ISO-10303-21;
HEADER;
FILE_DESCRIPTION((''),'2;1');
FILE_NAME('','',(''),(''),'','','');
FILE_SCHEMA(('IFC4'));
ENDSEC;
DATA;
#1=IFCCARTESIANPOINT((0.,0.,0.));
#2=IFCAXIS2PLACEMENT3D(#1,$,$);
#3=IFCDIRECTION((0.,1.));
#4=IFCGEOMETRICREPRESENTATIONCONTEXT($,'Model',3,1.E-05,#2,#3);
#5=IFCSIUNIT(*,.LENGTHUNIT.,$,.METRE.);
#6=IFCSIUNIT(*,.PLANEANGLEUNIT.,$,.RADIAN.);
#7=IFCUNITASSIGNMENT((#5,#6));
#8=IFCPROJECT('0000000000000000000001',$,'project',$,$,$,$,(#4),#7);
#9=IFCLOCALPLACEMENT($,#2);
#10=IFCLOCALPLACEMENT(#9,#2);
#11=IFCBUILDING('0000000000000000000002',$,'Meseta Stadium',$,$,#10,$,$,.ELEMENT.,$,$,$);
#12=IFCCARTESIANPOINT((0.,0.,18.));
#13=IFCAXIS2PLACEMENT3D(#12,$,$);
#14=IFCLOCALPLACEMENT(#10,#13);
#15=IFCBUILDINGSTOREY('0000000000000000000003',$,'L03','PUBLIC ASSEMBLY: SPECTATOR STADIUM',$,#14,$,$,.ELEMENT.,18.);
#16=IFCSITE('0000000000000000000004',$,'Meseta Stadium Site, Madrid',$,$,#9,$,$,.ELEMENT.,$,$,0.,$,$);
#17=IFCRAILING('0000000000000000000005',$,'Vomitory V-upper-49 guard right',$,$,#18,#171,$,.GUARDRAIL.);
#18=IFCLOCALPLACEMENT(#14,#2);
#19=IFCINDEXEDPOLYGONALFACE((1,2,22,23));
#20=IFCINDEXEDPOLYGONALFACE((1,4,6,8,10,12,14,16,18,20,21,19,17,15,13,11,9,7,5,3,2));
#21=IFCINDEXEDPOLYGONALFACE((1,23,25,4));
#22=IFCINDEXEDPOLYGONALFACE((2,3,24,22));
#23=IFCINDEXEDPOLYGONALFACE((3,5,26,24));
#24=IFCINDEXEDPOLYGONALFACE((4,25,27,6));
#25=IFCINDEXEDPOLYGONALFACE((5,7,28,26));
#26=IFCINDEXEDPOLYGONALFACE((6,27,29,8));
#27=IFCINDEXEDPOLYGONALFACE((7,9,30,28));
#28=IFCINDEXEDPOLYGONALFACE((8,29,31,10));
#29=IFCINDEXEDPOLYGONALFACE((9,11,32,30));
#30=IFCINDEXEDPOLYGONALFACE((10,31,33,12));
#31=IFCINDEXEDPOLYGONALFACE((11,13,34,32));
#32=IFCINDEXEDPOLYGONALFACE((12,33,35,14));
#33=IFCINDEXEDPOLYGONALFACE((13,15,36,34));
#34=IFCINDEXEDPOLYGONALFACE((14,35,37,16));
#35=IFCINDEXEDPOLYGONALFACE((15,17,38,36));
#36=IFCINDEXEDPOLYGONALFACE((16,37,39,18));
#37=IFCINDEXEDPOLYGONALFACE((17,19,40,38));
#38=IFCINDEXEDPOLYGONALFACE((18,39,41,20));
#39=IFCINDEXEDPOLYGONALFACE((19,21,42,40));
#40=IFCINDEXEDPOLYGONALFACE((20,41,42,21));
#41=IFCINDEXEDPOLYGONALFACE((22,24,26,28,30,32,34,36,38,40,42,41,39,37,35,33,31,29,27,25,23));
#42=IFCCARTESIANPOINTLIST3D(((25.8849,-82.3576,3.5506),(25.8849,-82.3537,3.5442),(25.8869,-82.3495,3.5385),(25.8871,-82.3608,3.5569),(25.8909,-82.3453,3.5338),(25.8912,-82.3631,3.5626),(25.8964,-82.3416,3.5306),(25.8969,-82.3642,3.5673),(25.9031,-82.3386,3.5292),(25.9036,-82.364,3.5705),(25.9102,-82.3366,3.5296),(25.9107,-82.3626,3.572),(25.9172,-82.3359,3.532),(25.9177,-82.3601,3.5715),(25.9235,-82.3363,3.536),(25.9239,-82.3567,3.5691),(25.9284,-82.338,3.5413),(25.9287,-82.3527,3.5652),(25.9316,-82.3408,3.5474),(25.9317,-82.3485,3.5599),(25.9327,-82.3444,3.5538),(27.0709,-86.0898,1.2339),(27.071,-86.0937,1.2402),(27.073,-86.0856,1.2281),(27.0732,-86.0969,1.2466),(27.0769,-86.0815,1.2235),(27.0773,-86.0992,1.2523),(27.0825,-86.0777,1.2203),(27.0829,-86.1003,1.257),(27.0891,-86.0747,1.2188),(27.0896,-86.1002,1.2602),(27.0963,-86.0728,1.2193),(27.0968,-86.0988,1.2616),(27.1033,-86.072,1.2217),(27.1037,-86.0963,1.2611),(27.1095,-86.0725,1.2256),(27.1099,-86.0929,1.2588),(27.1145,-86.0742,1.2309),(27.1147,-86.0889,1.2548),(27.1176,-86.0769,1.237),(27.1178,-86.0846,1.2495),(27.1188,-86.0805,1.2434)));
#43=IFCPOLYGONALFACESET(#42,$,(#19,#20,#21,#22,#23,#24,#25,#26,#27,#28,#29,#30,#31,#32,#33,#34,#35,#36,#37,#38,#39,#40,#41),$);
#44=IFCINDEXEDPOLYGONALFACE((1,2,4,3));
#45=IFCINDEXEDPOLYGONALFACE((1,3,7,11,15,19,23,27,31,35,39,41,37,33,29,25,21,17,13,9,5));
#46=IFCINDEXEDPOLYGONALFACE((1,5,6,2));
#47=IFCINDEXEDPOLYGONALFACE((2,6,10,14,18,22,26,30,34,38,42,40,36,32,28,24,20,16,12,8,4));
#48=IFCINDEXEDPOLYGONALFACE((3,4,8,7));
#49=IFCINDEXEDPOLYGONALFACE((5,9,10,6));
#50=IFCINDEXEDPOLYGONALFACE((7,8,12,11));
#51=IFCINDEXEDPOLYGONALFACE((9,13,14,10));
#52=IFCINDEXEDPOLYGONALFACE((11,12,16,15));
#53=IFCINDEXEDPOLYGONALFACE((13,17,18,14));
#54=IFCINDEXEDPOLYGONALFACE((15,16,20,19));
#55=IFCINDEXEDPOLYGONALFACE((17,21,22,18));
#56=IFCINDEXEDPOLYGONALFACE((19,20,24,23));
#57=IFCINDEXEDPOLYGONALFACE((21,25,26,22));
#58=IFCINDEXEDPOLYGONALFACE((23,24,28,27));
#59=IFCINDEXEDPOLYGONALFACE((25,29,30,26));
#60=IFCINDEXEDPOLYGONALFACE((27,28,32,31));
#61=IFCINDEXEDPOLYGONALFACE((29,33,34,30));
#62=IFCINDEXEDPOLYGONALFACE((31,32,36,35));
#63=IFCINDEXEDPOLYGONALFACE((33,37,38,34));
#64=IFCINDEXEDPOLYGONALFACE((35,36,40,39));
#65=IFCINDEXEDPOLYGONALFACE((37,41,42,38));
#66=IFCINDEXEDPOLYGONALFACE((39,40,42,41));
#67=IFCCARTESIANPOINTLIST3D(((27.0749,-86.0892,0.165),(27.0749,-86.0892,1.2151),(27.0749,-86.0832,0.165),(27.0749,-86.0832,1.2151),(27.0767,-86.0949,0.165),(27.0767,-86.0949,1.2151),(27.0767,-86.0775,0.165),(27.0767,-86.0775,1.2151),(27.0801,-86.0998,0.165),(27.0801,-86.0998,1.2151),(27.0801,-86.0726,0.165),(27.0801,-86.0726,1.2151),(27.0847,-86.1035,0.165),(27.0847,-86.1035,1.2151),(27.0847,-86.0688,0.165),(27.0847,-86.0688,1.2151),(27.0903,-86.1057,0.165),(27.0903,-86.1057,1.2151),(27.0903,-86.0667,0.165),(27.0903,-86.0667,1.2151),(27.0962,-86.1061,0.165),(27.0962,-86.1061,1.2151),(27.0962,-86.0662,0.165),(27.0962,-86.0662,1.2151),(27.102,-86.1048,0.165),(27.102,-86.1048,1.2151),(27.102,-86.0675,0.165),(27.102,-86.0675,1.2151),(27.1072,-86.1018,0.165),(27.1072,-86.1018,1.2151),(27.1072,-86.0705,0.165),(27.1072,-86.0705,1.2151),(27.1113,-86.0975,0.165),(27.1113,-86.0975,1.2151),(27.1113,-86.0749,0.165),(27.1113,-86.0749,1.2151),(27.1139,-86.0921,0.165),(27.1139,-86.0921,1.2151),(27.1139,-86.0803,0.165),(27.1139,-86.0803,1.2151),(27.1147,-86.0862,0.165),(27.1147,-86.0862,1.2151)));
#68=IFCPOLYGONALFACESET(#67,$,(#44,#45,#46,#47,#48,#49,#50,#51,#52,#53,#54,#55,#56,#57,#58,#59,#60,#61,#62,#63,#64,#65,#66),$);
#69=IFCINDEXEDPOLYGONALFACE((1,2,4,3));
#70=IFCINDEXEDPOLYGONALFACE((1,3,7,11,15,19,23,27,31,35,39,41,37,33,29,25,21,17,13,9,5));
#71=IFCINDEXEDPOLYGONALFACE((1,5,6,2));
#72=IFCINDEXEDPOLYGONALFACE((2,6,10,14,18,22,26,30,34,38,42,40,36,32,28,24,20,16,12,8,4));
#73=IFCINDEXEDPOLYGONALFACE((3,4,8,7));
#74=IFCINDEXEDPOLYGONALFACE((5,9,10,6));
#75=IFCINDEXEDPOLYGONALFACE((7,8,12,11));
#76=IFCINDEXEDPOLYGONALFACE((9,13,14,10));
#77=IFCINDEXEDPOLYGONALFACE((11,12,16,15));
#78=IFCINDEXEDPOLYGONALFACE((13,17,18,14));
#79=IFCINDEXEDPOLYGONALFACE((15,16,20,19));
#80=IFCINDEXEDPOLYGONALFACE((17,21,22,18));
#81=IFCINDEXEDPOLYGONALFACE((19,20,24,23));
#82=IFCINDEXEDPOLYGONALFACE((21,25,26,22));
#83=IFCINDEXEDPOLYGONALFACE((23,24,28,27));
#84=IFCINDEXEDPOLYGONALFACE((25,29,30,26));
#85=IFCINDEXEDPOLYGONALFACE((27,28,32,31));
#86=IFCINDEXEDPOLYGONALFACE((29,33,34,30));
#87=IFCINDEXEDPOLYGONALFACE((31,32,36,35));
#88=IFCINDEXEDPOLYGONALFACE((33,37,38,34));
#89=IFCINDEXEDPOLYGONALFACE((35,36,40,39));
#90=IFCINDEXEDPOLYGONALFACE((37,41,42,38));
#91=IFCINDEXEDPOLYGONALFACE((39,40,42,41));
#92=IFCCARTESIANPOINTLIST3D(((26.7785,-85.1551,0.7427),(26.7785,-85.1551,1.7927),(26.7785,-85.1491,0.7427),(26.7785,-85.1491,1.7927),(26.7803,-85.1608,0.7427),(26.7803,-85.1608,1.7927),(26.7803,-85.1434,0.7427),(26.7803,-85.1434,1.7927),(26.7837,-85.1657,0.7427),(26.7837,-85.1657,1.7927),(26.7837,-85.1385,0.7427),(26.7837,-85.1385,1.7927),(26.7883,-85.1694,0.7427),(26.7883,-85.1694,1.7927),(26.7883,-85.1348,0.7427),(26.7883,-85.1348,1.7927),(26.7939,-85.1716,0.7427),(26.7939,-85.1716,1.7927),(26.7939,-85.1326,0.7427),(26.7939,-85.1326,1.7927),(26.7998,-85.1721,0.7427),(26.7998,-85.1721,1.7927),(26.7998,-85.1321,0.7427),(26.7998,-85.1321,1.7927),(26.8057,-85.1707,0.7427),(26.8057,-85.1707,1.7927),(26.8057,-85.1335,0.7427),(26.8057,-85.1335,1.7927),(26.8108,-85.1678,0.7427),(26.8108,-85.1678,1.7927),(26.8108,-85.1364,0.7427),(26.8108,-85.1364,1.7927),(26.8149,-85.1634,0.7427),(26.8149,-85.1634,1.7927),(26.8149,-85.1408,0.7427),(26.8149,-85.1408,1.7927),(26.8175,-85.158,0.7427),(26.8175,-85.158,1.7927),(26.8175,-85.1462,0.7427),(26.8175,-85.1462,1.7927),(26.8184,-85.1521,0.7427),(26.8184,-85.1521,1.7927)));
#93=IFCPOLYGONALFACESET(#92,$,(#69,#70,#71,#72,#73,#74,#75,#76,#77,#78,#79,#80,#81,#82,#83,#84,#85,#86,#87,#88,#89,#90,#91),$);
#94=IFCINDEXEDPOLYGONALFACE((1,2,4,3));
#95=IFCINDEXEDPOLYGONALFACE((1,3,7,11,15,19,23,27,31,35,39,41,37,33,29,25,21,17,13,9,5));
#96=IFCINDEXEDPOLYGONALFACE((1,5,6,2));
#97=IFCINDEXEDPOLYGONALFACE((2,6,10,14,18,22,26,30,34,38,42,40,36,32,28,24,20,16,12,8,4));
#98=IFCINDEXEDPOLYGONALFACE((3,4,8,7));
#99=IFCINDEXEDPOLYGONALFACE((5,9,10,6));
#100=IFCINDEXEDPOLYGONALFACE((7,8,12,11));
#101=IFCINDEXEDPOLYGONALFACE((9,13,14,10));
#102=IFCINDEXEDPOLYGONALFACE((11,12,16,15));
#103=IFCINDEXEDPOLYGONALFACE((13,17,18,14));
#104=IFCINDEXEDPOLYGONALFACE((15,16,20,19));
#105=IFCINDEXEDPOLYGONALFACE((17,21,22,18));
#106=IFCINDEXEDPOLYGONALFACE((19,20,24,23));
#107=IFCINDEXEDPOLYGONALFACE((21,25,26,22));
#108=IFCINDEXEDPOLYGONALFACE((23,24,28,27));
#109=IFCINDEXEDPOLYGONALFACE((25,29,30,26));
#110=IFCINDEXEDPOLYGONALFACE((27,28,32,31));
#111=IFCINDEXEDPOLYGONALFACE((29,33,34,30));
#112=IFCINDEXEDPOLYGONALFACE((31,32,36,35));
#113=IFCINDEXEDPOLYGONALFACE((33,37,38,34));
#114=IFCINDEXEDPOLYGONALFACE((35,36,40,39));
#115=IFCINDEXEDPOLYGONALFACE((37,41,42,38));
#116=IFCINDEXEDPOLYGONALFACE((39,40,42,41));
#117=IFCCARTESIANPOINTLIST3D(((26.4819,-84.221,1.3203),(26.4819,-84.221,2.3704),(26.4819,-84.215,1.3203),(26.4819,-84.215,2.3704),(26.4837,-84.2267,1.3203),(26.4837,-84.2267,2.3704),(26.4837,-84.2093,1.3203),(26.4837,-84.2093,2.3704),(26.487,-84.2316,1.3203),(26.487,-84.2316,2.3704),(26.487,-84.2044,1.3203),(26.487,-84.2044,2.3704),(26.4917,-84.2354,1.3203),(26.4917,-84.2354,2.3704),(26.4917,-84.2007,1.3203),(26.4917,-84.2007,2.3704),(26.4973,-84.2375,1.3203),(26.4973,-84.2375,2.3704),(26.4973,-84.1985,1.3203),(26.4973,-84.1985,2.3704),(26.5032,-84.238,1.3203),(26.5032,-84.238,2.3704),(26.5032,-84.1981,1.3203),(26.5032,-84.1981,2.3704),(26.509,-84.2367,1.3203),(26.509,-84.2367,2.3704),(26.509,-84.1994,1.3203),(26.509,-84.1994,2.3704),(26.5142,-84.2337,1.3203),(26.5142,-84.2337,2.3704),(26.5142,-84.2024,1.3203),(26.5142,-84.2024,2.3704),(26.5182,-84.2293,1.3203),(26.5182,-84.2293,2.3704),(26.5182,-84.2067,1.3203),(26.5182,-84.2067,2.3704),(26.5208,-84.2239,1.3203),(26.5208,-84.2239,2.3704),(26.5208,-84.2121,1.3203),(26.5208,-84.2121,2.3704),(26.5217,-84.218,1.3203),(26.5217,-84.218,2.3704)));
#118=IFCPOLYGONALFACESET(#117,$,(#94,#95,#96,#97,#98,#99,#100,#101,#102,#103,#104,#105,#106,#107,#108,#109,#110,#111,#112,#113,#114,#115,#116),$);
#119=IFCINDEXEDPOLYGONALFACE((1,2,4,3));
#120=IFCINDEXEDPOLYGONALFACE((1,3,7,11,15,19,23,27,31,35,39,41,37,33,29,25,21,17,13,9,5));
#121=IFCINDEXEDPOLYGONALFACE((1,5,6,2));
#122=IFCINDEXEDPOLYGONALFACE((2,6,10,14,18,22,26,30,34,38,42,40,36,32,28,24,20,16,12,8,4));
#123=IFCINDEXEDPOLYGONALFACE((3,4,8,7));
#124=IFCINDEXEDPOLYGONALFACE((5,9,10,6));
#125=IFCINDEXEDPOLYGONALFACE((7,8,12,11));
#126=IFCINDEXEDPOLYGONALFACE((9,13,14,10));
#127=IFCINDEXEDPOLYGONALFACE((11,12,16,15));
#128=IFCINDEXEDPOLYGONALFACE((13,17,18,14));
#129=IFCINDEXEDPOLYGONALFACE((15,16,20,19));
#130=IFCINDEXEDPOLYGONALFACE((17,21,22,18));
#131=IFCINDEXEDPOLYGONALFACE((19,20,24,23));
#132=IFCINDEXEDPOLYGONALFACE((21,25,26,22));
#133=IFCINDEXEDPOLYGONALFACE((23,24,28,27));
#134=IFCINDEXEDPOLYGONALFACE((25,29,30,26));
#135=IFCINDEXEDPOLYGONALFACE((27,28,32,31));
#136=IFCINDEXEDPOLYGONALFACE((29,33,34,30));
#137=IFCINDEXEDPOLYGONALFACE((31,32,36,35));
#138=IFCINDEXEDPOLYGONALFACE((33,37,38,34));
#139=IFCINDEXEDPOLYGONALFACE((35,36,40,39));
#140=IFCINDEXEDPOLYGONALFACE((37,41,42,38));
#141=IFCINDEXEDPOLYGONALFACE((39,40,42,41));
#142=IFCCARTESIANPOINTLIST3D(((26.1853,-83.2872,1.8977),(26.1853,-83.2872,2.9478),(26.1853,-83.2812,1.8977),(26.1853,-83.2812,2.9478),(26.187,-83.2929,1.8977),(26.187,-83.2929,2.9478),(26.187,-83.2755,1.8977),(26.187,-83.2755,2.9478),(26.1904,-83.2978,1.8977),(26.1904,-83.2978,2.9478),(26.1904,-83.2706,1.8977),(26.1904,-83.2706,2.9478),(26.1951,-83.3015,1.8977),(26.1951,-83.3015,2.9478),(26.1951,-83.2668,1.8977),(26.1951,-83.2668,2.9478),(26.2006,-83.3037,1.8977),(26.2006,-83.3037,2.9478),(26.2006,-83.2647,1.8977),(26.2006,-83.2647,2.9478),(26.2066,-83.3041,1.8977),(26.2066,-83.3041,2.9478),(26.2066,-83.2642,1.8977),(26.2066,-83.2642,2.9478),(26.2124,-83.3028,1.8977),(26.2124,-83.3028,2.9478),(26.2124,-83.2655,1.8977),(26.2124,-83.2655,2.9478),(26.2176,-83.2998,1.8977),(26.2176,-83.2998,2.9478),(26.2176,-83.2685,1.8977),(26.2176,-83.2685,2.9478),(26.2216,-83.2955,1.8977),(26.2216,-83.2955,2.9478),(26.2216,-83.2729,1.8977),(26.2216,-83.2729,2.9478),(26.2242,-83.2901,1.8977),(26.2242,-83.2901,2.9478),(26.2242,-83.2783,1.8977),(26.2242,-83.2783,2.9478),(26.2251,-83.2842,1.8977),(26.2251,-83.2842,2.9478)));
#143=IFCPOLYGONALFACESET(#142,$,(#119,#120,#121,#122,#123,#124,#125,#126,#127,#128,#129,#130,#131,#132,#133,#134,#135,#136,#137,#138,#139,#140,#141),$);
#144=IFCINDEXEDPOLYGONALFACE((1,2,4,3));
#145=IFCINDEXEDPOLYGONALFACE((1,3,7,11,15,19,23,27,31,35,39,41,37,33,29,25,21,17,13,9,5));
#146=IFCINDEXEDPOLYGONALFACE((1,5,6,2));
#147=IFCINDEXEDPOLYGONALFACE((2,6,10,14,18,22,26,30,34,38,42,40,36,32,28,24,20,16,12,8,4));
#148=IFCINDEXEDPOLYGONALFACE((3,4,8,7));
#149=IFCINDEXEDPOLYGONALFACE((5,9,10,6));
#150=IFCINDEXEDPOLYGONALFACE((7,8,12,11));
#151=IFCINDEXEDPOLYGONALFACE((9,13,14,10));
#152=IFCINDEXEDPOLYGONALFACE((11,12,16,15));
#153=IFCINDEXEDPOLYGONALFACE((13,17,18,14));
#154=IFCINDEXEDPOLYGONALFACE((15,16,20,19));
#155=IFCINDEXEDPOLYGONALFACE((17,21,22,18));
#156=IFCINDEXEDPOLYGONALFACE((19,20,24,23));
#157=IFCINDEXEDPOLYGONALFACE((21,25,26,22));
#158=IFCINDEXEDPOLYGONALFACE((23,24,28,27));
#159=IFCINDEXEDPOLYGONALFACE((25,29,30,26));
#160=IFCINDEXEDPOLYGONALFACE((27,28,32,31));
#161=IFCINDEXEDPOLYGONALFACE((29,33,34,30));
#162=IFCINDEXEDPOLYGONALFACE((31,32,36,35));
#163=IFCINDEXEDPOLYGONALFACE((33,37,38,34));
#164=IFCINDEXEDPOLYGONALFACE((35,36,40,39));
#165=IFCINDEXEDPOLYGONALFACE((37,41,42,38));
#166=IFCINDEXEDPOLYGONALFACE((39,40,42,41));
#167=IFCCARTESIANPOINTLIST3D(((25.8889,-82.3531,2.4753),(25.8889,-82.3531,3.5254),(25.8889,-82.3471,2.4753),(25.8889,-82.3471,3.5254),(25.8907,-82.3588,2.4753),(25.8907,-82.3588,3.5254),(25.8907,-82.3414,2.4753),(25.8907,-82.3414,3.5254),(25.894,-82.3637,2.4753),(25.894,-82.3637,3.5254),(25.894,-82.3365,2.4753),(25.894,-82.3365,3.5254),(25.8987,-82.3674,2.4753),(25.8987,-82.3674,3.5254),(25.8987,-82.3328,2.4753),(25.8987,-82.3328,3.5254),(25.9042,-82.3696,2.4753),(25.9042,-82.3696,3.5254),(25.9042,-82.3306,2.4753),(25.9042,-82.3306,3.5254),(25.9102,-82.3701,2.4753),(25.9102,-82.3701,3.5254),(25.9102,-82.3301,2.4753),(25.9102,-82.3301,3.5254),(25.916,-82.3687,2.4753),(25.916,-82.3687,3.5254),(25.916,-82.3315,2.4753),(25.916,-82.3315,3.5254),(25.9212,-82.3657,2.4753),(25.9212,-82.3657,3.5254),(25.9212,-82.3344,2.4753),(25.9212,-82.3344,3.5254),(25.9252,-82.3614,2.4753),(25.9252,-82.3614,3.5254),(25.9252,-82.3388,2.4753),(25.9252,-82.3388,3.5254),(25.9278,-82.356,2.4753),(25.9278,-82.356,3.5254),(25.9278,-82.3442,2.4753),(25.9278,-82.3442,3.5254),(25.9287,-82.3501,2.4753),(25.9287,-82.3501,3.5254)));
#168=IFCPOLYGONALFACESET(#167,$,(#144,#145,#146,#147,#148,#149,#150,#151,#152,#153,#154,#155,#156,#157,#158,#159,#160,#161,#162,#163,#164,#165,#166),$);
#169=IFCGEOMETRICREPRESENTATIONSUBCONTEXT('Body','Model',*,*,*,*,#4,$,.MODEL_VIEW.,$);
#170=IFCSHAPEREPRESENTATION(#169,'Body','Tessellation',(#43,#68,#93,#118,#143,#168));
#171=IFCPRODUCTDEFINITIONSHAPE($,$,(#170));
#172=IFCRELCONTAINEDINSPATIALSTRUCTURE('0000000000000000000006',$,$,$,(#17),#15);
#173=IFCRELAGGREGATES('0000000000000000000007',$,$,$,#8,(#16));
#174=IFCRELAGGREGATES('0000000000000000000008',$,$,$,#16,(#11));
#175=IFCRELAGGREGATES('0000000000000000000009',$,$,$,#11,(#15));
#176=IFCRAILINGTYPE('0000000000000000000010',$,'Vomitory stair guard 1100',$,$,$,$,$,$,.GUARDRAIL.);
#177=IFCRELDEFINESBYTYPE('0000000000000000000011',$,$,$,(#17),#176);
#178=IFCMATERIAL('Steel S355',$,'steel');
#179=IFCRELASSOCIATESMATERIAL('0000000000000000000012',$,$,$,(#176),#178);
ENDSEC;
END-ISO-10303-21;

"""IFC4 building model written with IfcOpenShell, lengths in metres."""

from ifc_helpers import new_model, si_unit, direction, frame, origin, origin_2d, place, context, subcontext, project, spatial, circle, extrude, material, type_object, element, save


model = new_model("IFC4")

# Units and contexts
model_context = context("Model", 3, precision=1e-05, world=origin(), true_north=direction((0.0, 1.0)))
body_context = subcontext(model_context, "Body", "Model", "MODEL_VIEW")
ifc_project = project(units=[si_unit("LENGTHUNIT", "METRE"), si_unit("PLANEANGLEUNIT", "RADIAN")], contexts=[model_context])

# Site, building, storey
site_placement = place(None, origin())
site = spatial("IfcSite", under=ifc_project, at=site_placement, Name="Meseta Stadium Site, Madrid", CompositionType="ELEMENT", RefElevation=0.0)
building_placement = place(site_placement, origin())
building = spatial("IfcBuilding", under=site, at=building_placement, Name="Meseta Stadium", CompositionType="ELEMENT")
storey_placement = place(building_placement, frame((0.0, 0.0, 18.0)))
storey = spatial("IfcBuildingStorey", under=building, at=storey_placement, Name="L03", Description="PUBLIC ASSEMBLY: SPECTATOR STADIUM", CompositionType="ELEMENT", Elevation=18.0)

# Railing
ifc_material_1 = material(Name="Steel S355", Category="steel")
railing_type_1 = type_object("IfcRailingType", Name="Vomitory stair guard 1100", PredefinedType="GUARDRAIL", material=ifc_material_1)
railing_1_placement = place(storey_placement, frame((27.0947, -86.0862, 0.165)))
element("IfcRailing", 1, at=railing_1_placement, inside=storey, type_object=railing_type_1, Name="Vomitory V-upper-49 guard right", PredefinedType="GUARDRAIL", context=body_context, shape_type="SweptSolid", body=[
    extrude(circle(Radius=0.0249, at=origin_2d()), frame((0.0, 0.0, 1.0752), z_axis=(-0.260667, 0.821117, 0.507759), x_axis=(-0.953126, -0.302574, 0.0)), (0.0, 0.0, 1.0), 4.55),
    extrude(circle(Radius=0.02, at=origin_2d()), origin(), (0.0, 0.0, 1.0), 1.05),
    extrude(circle(Radius=0.02, at=origin_2d()), frame((-0.2964, 0.9341, 0.5776)), (0.0, 0.0, 1.0), 1.05),
    extrude(circle(Radius=0.02, at=origin_2d()), frame((-0.593, 1.8682, 1.1553)), (0.0, 0.0, 1.0), 1.05),
    extrude(circle(Radius=0.02, at=origin_2d()), frame((-0.8896, 2.802, 1.7327)), (0.0, 0.0, 1.0), 1.05),
    extrude(circle(Radius=0.02, at=origin_2d()), frame((-1.186, 3.7361, 2.3103)), (0.0, 0.0, 1.0), 1.05),
])

save(model, "model.ifc")
